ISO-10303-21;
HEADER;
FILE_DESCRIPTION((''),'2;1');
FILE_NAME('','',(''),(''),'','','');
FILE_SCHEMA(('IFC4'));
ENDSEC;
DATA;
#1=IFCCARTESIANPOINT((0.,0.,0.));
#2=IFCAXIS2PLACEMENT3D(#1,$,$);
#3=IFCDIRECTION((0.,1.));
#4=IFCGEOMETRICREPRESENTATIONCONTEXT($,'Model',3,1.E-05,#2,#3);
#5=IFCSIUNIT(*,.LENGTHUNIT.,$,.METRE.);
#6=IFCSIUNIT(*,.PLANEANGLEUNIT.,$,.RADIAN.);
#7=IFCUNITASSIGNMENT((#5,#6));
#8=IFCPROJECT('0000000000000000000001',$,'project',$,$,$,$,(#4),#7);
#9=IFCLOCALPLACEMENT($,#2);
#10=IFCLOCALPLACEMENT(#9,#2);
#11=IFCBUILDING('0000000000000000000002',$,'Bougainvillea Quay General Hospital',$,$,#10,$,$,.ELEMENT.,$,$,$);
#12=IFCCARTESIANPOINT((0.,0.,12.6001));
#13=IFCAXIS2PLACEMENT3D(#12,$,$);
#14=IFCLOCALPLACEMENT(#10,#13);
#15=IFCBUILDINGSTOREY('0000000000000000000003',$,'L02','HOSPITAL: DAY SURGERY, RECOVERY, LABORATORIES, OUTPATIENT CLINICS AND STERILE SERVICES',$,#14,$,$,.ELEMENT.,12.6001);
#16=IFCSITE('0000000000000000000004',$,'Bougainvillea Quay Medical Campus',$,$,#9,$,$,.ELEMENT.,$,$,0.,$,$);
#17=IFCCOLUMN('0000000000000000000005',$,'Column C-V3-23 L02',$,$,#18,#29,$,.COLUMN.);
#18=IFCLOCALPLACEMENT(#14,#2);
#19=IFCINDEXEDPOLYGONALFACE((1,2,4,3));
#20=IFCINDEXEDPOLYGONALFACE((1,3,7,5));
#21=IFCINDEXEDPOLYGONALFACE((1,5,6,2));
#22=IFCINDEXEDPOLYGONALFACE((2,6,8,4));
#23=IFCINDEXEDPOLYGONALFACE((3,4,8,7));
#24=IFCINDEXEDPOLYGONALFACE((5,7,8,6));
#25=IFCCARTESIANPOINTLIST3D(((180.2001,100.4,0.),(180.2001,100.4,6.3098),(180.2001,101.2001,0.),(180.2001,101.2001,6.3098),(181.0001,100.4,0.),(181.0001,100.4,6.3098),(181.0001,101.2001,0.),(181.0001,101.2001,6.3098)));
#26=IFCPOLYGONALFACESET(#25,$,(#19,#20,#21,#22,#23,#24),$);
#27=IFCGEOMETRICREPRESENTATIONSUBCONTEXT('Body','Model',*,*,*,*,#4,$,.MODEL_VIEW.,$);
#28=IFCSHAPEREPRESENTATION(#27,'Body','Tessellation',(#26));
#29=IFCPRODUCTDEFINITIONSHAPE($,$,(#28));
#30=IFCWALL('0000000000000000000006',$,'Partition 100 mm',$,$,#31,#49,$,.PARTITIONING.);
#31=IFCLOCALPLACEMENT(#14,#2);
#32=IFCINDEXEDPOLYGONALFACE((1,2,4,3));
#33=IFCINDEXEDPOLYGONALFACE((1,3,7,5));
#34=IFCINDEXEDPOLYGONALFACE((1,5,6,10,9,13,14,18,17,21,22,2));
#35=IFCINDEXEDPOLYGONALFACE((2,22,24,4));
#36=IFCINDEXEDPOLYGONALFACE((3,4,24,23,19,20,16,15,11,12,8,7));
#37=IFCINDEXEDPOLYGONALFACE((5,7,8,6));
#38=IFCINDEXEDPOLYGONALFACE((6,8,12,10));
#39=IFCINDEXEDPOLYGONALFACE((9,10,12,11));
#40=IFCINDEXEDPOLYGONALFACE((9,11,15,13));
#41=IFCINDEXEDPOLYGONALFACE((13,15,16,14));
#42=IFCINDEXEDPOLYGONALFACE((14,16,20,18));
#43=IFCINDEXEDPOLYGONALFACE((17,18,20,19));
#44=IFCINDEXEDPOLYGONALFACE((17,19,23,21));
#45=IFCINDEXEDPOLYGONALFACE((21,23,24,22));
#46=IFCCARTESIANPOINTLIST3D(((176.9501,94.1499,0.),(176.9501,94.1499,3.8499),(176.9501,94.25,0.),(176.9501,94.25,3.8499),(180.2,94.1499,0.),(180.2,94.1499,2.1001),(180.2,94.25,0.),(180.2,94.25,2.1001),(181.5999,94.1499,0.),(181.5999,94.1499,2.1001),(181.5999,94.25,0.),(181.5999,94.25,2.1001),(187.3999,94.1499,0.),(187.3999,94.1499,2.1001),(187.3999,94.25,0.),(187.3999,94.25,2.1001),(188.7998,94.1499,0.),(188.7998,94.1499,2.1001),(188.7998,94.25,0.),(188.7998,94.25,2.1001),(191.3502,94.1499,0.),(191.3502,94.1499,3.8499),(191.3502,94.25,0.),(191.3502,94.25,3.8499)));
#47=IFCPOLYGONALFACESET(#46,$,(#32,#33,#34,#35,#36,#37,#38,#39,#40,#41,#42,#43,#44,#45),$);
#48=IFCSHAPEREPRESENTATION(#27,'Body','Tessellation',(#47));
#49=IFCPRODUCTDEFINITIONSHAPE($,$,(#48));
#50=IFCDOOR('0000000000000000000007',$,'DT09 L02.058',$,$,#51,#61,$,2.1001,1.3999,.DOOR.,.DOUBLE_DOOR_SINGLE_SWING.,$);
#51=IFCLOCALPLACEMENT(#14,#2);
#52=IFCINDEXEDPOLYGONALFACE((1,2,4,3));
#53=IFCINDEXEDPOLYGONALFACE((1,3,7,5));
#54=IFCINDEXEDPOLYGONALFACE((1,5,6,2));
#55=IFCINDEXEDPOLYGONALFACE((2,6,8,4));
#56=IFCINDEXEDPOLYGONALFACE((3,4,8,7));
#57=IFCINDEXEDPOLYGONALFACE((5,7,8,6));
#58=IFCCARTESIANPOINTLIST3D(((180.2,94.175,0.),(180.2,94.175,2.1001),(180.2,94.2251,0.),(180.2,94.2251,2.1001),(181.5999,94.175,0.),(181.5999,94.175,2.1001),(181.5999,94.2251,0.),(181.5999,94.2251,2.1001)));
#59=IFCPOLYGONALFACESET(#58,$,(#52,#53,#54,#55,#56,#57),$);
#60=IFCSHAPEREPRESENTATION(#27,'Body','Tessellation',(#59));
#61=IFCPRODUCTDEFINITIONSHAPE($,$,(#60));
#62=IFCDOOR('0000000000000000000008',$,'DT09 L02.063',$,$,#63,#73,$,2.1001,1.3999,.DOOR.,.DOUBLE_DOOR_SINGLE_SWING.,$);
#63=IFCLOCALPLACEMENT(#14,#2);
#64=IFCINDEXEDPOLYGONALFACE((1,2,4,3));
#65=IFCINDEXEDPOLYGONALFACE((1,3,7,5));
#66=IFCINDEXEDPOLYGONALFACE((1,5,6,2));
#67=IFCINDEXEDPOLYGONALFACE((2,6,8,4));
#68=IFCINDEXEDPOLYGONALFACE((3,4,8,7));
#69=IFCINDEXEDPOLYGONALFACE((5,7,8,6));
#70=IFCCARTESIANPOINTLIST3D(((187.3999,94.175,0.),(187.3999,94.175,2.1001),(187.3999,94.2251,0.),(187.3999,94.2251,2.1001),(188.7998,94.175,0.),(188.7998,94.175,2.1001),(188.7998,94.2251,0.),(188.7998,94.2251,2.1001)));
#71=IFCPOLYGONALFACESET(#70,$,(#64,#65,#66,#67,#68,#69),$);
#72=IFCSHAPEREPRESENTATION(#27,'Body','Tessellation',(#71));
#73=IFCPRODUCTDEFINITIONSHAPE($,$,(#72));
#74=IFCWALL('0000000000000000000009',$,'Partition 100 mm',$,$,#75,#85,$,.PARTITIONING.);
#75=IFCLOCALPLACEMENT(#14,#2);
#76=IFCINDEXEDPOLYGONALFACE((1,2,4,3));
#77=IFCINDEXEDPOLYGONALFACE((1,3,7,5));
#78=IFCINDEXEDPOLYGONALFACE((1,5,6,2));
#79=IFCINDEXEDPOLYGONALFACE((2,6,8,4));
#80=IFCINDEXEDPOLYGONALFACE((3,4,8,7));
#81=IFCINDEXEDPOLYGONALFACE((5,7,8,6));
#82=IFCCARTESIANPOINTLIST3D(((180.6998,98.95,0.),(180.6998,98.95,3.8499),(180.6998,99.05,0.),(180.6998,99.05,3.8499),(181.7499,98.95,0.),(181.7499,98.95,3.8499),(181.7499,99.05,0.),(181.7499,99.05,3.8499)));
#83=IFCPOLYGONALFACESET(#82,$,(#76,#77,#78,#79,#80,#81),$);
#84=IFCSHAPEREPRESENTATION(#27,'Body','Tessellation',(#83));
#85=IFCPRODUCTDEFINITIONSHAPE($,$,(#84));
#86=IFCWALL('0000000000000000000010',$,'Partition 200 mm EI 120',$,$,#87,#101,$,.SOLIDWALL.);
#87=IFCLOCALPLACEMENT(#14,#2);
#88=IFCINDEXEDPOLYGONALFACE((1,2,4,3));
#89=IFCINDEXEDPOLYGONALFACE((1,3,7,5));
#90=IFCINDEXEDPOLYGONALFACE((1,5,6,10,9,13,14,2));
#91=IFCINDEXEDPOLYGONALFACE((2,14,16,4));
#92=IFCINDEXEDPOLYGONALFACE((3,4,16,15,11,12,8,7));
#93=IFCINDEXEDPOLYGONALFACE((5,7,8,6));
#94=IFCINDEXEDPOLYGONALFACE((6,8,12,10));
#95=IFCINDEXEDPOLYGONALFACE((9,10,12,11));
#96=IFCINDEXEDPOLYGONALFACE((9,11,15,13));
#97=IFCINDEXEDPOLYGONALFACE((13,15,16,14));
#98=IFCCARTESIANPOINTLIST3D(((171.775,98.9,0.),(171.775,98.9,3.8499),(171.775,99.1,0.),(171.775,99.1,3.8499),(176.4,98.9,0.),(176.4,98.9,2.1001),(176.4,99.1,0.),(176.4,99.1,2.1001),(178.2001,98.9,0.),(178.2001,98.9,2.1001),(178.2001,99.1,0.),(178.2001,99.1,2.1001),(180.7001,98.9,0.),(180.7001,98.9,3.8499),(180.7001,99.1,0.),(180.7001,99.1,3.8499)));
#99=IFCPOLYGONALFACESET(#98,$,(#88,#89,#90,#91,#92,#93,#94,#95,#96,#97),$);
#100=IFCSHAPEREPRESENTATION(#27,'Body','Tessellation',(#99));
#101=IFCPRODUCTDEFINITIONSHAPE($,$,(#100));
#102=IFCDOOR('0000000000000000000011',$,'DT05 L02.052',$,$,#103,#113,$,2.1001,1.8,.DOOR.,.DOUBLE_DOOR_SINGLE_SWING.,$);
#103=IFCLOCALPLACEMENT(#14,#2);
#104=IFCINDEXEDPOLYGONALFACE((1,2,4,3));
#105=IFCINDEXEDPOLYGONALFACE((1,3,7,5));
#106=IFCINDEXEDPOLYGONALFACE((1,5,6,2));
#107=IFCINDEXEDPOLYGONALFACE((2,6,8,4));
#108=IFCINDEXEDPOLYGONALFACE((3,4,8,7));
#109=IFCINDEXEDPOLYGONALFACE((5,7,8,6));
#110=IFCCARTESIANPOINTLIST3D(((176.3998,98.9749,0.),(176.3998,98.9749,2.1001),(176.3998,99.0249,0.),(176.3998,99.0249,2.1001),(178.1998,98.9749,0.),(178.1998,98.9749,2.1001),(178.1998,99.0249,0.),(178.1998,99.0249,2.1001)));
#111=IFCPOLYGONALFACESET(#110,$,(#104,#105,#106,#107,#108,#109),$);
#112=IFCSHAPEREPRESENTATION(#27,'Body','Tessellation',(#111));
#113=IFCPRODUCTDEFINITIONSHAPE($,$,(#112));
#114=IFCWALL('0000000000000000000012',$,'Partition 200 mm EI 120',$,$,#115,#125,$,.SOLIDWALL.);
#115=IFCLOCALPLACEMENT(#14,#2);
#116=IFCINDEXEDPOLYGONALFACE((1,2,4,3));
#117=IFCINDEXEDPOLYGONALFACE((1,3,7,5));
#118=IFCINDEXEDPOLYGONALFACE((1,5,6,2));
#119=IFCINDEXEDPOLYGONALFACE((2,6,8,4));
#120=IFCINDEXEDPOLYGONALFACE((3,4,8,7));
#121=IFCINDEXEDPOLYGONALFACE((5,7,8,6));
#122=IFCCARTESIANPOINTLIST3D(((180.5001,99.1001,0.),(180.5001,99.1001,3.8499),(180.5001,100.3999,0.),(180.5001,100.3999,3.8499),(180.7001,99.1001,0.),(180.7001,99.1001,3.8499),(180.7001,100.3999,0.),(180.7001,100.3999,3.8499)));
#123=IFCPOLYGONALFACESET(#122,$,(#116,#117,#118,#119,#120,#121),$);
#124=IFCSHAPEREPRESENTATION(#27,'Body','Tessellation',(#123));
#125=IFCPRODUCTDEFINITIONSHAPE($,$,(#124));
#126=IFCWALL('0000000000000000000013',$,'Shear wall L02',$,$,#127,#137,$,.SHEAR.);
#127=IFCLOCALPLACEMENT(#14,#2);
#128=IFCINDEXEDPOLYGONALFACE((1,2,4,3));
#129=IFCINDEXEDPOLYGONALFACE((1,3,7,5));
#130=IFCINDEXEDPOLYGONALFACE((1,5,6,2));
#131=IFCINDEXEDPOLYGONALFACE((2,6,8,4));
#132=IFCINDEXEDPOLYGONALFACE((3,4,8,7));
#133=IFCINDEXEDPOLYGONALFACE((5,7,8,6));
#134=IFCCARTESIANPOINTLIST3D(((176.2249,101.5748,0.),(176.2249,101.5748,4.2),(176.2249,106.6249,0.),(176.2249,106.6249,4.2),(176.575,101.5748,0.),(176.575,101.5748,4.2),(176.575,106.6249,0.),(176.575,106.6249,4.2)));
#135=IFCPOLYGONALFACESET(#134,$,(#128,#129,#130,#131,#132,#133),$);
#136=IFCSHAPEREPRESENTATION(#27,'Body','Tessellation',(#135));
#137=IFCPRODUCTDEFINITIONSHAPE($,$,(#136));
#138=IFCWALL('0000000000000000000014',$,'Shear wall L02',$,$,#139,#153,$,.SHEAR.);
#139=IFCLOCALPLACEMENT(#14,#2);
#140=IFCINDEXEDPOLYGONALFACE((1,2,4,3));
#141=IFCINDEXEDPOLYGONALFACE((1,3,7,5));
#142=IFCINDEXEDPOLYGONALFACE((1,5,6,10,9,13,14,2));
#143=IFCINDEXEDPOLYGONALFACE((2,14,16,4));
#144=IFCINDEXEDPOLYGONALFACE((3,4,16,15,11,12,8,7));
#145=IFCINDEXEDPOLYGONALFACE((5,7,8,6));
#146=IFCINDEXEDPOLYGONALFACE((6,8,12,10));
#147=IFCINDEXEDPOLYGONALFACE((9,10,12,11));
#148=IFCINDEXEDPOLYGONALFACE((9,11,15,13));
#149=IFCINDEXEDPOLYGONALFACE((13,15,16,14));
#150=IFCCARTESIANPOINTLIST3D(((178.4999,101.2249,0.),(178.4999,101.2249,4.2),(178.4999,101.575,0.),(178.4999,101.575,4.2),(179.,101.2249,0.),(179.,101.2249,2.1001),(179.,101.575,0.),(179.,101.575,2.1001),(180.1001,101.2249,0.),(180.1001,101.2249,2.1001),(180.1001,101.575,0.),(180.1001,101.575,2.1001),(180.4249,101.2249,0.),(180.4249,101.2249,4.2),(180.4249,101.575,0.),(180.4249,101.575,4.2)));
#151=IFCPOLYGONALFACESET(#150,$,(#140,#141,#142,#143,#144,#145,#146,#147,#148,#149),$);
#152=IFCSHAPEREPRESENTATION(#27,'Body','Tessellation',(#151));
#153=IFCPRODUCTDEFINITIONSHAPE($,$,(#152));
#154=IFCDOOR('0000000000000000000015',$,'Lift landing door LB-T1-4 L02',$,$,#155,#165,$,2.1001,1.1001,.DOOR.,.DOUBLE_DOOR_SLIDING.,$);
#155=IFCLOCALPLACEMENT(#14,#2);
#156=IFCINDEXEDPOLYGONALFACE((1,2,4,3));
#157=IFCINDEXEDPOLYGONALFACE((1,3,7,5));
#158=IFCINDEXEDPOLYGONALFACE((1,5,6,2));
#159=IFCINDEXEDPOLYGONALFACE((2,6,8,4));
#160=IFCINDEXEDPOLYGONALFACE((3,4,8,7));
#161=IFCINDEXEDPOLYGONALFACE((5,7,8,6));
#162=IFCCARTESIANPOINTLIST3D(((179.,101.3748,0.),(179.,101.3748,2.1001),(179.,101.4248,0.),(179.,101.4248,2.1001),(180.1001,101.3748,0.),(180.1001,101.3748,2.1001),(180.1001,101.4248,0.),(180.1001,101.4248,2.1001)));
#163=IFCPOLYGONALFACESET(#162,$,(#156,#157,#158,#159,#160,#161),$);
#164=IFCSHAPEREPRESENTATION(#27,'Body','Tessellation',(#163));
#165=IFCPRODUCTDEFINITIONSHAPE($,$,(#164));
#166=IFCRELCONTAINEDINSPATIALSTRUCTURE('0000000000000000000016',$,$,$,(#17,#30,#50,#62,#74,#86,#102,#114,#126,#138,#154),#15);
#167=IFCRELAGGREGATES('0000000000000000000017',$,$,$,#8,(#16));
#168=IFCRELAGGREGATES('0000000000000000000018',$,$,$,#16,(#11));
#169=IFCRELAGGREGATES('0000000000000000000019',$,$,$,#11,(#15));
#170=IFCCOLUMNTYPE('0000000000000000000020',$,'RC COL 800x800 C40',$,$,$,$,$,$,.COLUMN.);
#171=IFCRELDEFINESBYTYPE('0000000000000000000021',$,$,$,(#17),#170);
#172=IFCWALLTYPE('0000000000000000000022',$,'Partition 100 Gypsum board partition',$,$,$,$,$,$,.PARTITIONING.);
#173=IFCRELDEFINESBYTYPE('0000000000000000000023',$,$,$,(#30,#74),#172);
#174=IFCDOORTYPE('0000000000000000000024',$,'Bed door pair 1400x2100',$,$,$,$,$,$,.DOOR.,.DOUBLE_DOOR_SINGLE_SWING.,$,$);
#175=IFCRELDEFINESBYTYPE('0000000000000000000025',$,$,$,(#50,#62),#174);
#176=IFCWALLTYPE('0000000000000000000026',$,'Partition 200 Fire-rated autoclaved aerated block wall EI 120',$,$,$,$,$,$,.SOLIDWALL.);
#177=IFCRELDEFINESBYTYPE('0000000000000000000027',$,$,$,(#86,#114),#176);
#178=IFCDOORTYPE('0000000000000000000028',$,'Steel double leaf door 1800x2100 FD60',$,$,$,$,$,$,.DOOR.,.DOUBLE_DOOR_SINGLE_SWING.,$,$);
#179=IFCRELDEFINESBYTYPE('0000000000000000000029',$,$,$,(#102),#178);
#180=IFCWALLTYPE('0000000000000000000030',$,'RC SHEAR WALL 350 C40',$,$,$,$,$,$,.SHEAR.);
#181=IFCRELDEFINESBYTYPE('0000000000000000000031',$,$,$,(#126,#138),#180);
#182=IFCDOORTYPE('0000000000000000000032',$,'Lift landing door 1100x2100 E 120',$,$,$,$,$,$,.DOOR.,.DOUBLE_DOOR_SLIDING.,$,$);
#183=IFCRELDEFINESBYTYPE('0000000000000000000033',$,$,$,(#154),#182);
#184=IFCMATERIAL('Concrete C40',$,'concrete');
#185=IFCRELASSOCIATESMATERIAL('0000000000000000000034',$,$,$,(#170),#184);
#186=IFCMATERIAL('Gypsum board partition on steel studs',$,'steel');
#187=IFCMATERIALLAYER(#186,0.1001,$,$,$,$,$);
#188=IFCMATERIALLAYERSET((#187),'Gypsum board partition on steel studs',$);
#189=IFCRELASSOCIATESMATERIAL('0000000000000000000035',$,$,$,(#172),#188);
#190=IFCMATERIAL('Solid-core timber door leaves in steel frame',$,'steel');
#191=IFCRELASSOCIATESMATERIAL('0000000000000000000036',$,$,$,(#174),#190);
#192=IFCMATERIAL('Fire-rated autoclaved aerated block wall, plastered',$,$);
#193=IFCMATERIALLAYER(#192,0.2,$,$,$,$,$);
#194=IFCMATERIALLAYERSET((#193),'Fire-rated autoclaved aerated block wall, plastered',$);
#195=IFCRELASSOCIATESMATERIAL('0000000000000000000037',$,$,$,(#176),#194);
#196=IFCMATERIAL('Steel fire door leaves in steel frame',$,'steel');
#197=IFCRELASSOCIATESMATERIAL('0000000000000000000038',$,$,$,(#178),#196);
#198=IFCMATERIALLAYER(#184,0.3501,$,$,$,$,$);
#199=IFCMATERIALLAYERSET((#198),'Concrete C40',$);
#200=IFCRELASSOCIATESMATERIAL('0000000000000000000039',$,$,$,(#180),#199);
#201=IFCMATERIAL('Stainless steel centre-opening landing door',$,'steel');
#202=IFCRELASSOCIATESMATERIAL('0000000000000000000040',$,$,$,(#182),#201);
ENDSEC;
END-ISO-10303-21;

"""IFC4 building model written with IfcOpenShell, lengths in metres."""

from ifc_helpers import new_model, si_unit, direction, frame, frame_2d, origin, origin_2d, place, context, subcontext, project, spatial, rectangle, extrude, material, layer, layer_set, material_profile, profile_set, type_object, element, fill, save


model = new_model("IFC4")

# Units and contexts
model_context = context("Model", 3, precision=1e-05, world=origin(), true_north=direction((0.0, 1.0)))
body_context = subcontext(model_context, "Body", "Model", "MODEL_VIEW")
ifc_project = project(units=[si_unit("LENGTHUNIT", "METRE"), si_unit("PLANEANGLEUNIT", "RADIAN")], contexts=[model_context])

# Site, building, storey
site_placement = place(None, origin())
site = spatial("IfcSite", under=ifc_project, at=site_placement, Name="Bougainvillea Quay Medical Campus", CompositionType="ELEMENT", RefElevation=0.0)
building_placement = place(site_placement, origin())
building = spatial("IfcBuilding", under=site, at=building_placement, Name="Bougainvillea Quay General Hospital", CompositionType="ELEMENT")
storey_placement = place(building_placement, frame((0.0, 0.0, 12.6001)))
storey = spatial("IfcBuildingStorey", under=building, at=storey_placement, Name="L02", Description="HOSPITAL: DAY SURGERY, RECOVERY, LABORATORIES, OUTPATIENT CLINICS AND STERILE SERVICES", CompositionType="ELEMENT", Elevation=12.6001)

# Column
ifc_material_1 = material(Name="Concrete C40", Category="concrete")
ifc_material_profile = material_profile(ifc_material_1, rectangle(XDim=0.8, YDim=0.8, at=origin_2d()))
ifc_profile_set = profile_set([ifc_material_profile], Name="Concrete C40")
column_type = type_object("IfcColumnType", Name="RC COL 800x800 C40", PredefinedType="COLUMN", material=ifc_profile_set)
column_placement = place(storey_placement, frame((180.6001, 100.8, 0.0), z_axis=(0.0, 0.0, 1.0), x_axis=(1.0, 0.0, 0.0)))
element("IfcColumn", 1, at=column_placement, inside=storey, type_object=column_type, Name="Column C-V3-23 L02", PredefinedType="COLUMN", context=body_context, shape_type="SweptSolid", body=[
    extrude(rectangle(XDim=0.8, YDim=0.8, at=origin_2d()), origin(), (0.0, 0.0, 1.0), 6.3098),
])

# Wall, openings, doors
ifc_material_2 = material(Name="Gypsum board partition on steel studs", Category="steel")
ifc_layer_1 = layer(ifc_material_2, 0.1001)
ifc_layer_set_1 = layer_set([ifc_layer_1], Name="Gypsum board partition on steel studs")
wall_type_1 = type_object("IfcWallType", Name="Partition 100 Gypsum board partition", PredefinedType="PARTITIONING", material=ifc_layer_set_1)
wall_1_placement = place(storey_placement, frame((176.95, 94.2, 0.0), z_axis=(0.0, 0.0, 1.0), x_axis=(1.0, 0.0, 0.0)))
wall_1 = element("IfcWall", 2, at=wall_1_placement, inside=storey, type_object=wall_type_1, Name="Partition 100 mm", PredefinedType="PARTITIONING", context=body_context, shape_type="SweptSolid", body=[
    extrude(rectangle(XDim=14.4001, YDim=0.1001, at=frame_2d((7.2002, 0.0))), origin(), (0.0, 0.0, 1.0), 3.8499),
])
opening_1_placement = place(wall_1_placement, frame((3.25, 0.0, 0.0)))
opening_1 = element("IfcOpeningElement", 3, at=opening_1_placement, cuts=wall_1, PredefinedType="OPENING", context=body_context, shape_type="SweptSolid", body=[
    extrude(rectangle(XDim=1.3999, YDim=2.1001, at=frame_2d((0.7, 1.05))), frame((0.0, 0.0601, 0.0), z_axis=(0.0, -1.0, 0.0), x_axis=(1.0, 0.0, 0.0)), (0.0, 0.0, 1.0), 0.1201),
])
opening_2_placement = place(wall_1_placement, frame((10.45, 0.0, 0.0)))
opening_2 = element("IfcOpeningElement", 4, at=opening_2_placement, cuts=wall_1, PredefinedType="OPENING", context=body_context, shape_type="SweptSolid", body=[
    extrude(rectangle(XDim=1.3999, YDim=2.1001, at=frame_2d((0.7, 1.05))), frame((0.0, 0.0601, 0.0), z_axis=(0.0, -1.0, 0.0), x_axis=(1.0, 0.0, 0.0)), (0.0, 0.0, 1.0), 0.1201),
])
ifc_material_3 = material(Name="Solid-core timber door leaves in steel frame", Category="steel")
door_type_1 = type_object("IfcDoorType", Name="Bed door pair 1400x2100", OperationType="DOUBLE_DOOR_SINGLE_SWING", PredefinedType="DOOR", material=ifc_material_3)
door_1_placement = place(opening_1_placement, frame((1.3999, 0.0, 0.0), z_axis=(0.0, 0.0, 1.0), x_axis=(-1.0, 0.0, 0.0)))
door_1 = element("IfcDoor", 5, at=door_1_placement, inside=storey, type_object=door_type_1, Name="DT09 L02.058", OperationType="DOUBLE_DOOR_SINGLE_SWING", OverallHeight=2.1001, OverallWidth=1.3999, PredefinedType="DOOR", context=body_context, shape_type="SweptSolid", body=[
    extrude(rectangle(XDim=1.3999, YDim=2.1001, at=frame_2d((0.7, 1.05))), frame((0.0, 0.0249, 0.0), z_axis=(0.0, -1.0, 0.0), x_axis=(1.0, 0.0, 0.0)), (0.0, 0.0, 1.0), 0.05),
])
fill(opening_1, door_1)
door_2_placement = place(opening_2_placement, frame((1.3999, 0.0, 0.0), z_axis=(0.0, 0.0, 1.0), x_axis=(-1.0, 0.0, 0.0)))
door_2 = element("IfcDoor", 6, at=door_2_placement, inside=storey, type_object=door_type_1, Name="DT09 L02.063", OperationType="DOUBLE_DOOR_SINGLE_SWING", OverallHeight=2.1001, OverallWidth=1.3999, PredefinedType="DOOR", context=body_context, shape_type="SweptSolid", body=[
    extrude(rectangle(XDim=1.3999, YDim=2.1001, at=frame_2d((0.7, 1.05))), frame((0.0, 0.0249, 0.0), z_axis=(0.0, -1.0, 0.0), x_axis=(1.0, 0.0, 0.0)), (0.0, 0.0, 1.0), 0.05),
])
fill(opening_2, door_2)

# Wall
wall_2_placement = place(storey_placement, frame((180.7, 99.0, 0.0), z_axis=(0.0, 0.0, 1.0), x_axis=(1.0, 0.0, 0.0)))
element("IfcWall", 7, at=wall_2_placement, inside=storey, type_object=wall_type_1, Name="Partition 100 mm", PredefinedType="PARTITIONING", context=body_context, shape_type="SweptSolid", body=[
    extrude(rectangle(XDim=1.05, YDim=0.1001, at=frame_2d((0.5249, 0.0))), origin(), (0.0, 0.0, 1.0), 3.8499),
])

# Wall, opening, door
ifc_material_4 = material(Name="Fire-rated autoclaved aerated block wall, plastered")
ifc_layer_2 = layer(ifc_material_4, 0.2)
ifc_layer_set_2 = layer_set([ifc_layer_2], Name="Fire-rated autoclaved aerated block wall, plastered")
wall_type_2 = type_object("IfcWallType", Name="Partition 200 Fire-rated autoclaved aerated block wall EI 120", PredefinedType="SOLIDWALL", material=ifc_layer_set_2)
wall_3_placement = place(storey_placement, frame((180.7, 99.0, 0.0), z_axis=(0.0, 0.0, 1.0), x_axis=(-1.0, 0.0, 0.0)))
wall_3 = element("IfcWall", 8, at=wall_3_placement, inside=storey, type_object=wall_type_2, Name="Partition 200 mm EI 120", PredefinedType="SOLIDWALL", context=body_context, shape_type="SweptSolid", body=[
    extrude(rectangle(XDim=8.925, YDim=0.2, at=frame_2d((4.4624, 0.0))), origin(), (0.0, 0.0, 1.0), 3.8499),
])
opening_3_placement = place(wall_3_placement, frame((2.5, 0.0, 0.0)))
opening_3 = element("IfcOpeningElement", 9, at=opening_3_placement, cuts=wall_3, PredefinedType="OPENING", context=body_context, shape_type="SweptSolid", body=[
    extrude(rectangle(XDim=1.8, YDim=2.1001, at=frame_2d((0.8999, 1.05))), frame((0.0, 0.1099, 0.0), z_axis=(0.0, -1.0, 0.0), x_axis=(1.0, 0.0, 0.0)), (0.0, 0.0, 1.0), 0.22),
])
ifc_material_5 = material(Name="Steel fire door leaves in steel frame", Category="steel")
door_type_2 = type_object("IfcDoorType", Name="Steel double leaf door 1800x2100 FD60", OperationType="DOUBLE_DOOR_SINGLE_SWING", PredefinedType="DOOR", material=ifc_material_5)
door_3_placement = place(opening_3_placement, frame((1.8, 0.0, 0.0), z_axis=(0.0, 0.0, 1.0), x_axis=(-1.0, 0.0, 0.0)))
door_3 = element("IfcDoor", 10, at=door_3_placement, inside=storey, type_object=door_type_2, Name="DT05 L02.052", OperationType="DOUBLE_DOOR_SINGLE_SWING", OverallHeight=2.1001, OverallWidth=1.8, PredefinedType="DOOR", context=body_context, shape_type="SweptSolid", body=[
    extrude(rectangle(XDim=1.8, YDim=2.1001, at=frame_2d((0.8999, 1.05))), frame((0.0, 0.0249, 0.0), z_axis=(0.0, -1.0, 0.0), x_axis=(1.0, 0.0, 0.0)), (0.0, 0.0, 1.0), 0.05),
])
fill(opening_3, door_3)

# Walls
wall_4_placement = place(storey_placement, frame((180.6001, 99.1001, 0.0), z_axis=(0.0, 0.0, 1.0), x_axis=(0.0, 1.0, 0.0)))
element("IfcWall", 11, at=wall_4_placement, inside=storey, type_object=wall_type_2, Name="Partition 200 mm EI 120", PredefinedType="SOLIDWALL", context=body_context, shape_type="SweptSolid", body=[
    extrude(rectangle(XDim=1.2998, YDim=0.2, at=frame_2d((0.6499, 0.0))), origin(), (0.0, 0.0, 1.0), 3.8499),
])
ifc_layer_3 = layer(ifc_material_1, 0.3501)
ifc_layer_set_3 = layer_set([ifc_layer_3], Name="Concrete C40")
wall_type_3 = type_object("IfcWallType", Name="RC SHEAR WALL 350 C40", PredefinedType="SHEAR", material=ifc_layer_set_3)
wall_5_placement = place(storey_placement, frame((176.3999, 101.575, 0.0), z_axis=(0.0, 0.0, 1.0), x_axis=(0.0, 1.0, 0.0)))
element("IfcWall", 12, at=wall_5_placement, inside=storey, type_object=wall_type_3, Name="Shear wall L02", PredefinedType="SHEAR", context=body_context, shape_type="SweptSolid", body=[
    extrude(rectangle(XDim=5.05, YDim=0.3501, at=frame_2d((2.5249, 0.0))), origin(), (0.0, 0.0, 1.0), 4.2),
])

# Wall, opening, door
wall_6_placement = place(storey_placement, frame((178.5, 101.3999, 0.0), z_axis=(0.0, 0.0, 1.0), x_axis=(1.0, 0.0, 0.0)))
wall_6 = element("IfcWall", 13, at=wall_6_placement, inside=storey, type_object=wall_type_3, Name="Shear wall L02", PredefinedType="SHEAR", context=body_context, shape_type="SweptSolid", body=[
    extrude(rectangle(XDim=1.925, YDim=0.3501, at=frame_2d((0.9624, 0.0))), origin(), (0.0, 0.0, 1.0), 4.2),
])
opening_4_placement = place(wall_6_placement, frame((0.5, 0.0, 0.0)))
opening_4 = element("IfcOpeningElement", 14, at=opening_4_placement, cuts=wall_6, PredefinedType="OPENING", context=body_context, shape_type="SweptSolid", body=[
    extrude(rectangle(XDim=1.1001, YDim=2.1001, at=frame_2d((0.55, 1.05))), frame((0.0, 0.1851, 0.0), z_axis=(0.0, -1.0, 0.0), x_axis=(1.0, 0.0, 0.0)), (0.0, 0.0, 1.0), 0.3701),
])
ifc_material_6 = material(Name="Stainless steel centre-opening landing door", Category="steel")
door_type_3 = type_object("IfcDoorType", Name="Lift landing door 1100x2100 E 120", OperationType="DOUBLE_DOOR_SLIDING", PredefinedType="DOOR", material=ifc_material_6)
door_4_placement = place(opening_4_placement, origin())
door_4 = element("IfcDoor", 15, at=door_4_placement, inside=storey, type_object=door_type_3, Name="Lift landing door LB-T1-4 L02", OperationType="DOUBLE_DOOR_SLIDING", OverallHeight=2.1001, OverallWidth=1.1001, PredefinedType="DOOR", context=body_context, shape_type="SweptSolid", body=[
    extrude(rectangle(XDim=1.1001, YDim=2.1001, at=frame_2d((0.55, 1.05))), frame((0.0, 0.0249, 0.0), z_axis=(0.0, -1.0, 0.0), x_axis=(1.0, 0.0, 0.0)), (0.0, 0.0, 1.0), 0.05),
])
fill(opening_4, door_4)

save(model, "model.ifc")
